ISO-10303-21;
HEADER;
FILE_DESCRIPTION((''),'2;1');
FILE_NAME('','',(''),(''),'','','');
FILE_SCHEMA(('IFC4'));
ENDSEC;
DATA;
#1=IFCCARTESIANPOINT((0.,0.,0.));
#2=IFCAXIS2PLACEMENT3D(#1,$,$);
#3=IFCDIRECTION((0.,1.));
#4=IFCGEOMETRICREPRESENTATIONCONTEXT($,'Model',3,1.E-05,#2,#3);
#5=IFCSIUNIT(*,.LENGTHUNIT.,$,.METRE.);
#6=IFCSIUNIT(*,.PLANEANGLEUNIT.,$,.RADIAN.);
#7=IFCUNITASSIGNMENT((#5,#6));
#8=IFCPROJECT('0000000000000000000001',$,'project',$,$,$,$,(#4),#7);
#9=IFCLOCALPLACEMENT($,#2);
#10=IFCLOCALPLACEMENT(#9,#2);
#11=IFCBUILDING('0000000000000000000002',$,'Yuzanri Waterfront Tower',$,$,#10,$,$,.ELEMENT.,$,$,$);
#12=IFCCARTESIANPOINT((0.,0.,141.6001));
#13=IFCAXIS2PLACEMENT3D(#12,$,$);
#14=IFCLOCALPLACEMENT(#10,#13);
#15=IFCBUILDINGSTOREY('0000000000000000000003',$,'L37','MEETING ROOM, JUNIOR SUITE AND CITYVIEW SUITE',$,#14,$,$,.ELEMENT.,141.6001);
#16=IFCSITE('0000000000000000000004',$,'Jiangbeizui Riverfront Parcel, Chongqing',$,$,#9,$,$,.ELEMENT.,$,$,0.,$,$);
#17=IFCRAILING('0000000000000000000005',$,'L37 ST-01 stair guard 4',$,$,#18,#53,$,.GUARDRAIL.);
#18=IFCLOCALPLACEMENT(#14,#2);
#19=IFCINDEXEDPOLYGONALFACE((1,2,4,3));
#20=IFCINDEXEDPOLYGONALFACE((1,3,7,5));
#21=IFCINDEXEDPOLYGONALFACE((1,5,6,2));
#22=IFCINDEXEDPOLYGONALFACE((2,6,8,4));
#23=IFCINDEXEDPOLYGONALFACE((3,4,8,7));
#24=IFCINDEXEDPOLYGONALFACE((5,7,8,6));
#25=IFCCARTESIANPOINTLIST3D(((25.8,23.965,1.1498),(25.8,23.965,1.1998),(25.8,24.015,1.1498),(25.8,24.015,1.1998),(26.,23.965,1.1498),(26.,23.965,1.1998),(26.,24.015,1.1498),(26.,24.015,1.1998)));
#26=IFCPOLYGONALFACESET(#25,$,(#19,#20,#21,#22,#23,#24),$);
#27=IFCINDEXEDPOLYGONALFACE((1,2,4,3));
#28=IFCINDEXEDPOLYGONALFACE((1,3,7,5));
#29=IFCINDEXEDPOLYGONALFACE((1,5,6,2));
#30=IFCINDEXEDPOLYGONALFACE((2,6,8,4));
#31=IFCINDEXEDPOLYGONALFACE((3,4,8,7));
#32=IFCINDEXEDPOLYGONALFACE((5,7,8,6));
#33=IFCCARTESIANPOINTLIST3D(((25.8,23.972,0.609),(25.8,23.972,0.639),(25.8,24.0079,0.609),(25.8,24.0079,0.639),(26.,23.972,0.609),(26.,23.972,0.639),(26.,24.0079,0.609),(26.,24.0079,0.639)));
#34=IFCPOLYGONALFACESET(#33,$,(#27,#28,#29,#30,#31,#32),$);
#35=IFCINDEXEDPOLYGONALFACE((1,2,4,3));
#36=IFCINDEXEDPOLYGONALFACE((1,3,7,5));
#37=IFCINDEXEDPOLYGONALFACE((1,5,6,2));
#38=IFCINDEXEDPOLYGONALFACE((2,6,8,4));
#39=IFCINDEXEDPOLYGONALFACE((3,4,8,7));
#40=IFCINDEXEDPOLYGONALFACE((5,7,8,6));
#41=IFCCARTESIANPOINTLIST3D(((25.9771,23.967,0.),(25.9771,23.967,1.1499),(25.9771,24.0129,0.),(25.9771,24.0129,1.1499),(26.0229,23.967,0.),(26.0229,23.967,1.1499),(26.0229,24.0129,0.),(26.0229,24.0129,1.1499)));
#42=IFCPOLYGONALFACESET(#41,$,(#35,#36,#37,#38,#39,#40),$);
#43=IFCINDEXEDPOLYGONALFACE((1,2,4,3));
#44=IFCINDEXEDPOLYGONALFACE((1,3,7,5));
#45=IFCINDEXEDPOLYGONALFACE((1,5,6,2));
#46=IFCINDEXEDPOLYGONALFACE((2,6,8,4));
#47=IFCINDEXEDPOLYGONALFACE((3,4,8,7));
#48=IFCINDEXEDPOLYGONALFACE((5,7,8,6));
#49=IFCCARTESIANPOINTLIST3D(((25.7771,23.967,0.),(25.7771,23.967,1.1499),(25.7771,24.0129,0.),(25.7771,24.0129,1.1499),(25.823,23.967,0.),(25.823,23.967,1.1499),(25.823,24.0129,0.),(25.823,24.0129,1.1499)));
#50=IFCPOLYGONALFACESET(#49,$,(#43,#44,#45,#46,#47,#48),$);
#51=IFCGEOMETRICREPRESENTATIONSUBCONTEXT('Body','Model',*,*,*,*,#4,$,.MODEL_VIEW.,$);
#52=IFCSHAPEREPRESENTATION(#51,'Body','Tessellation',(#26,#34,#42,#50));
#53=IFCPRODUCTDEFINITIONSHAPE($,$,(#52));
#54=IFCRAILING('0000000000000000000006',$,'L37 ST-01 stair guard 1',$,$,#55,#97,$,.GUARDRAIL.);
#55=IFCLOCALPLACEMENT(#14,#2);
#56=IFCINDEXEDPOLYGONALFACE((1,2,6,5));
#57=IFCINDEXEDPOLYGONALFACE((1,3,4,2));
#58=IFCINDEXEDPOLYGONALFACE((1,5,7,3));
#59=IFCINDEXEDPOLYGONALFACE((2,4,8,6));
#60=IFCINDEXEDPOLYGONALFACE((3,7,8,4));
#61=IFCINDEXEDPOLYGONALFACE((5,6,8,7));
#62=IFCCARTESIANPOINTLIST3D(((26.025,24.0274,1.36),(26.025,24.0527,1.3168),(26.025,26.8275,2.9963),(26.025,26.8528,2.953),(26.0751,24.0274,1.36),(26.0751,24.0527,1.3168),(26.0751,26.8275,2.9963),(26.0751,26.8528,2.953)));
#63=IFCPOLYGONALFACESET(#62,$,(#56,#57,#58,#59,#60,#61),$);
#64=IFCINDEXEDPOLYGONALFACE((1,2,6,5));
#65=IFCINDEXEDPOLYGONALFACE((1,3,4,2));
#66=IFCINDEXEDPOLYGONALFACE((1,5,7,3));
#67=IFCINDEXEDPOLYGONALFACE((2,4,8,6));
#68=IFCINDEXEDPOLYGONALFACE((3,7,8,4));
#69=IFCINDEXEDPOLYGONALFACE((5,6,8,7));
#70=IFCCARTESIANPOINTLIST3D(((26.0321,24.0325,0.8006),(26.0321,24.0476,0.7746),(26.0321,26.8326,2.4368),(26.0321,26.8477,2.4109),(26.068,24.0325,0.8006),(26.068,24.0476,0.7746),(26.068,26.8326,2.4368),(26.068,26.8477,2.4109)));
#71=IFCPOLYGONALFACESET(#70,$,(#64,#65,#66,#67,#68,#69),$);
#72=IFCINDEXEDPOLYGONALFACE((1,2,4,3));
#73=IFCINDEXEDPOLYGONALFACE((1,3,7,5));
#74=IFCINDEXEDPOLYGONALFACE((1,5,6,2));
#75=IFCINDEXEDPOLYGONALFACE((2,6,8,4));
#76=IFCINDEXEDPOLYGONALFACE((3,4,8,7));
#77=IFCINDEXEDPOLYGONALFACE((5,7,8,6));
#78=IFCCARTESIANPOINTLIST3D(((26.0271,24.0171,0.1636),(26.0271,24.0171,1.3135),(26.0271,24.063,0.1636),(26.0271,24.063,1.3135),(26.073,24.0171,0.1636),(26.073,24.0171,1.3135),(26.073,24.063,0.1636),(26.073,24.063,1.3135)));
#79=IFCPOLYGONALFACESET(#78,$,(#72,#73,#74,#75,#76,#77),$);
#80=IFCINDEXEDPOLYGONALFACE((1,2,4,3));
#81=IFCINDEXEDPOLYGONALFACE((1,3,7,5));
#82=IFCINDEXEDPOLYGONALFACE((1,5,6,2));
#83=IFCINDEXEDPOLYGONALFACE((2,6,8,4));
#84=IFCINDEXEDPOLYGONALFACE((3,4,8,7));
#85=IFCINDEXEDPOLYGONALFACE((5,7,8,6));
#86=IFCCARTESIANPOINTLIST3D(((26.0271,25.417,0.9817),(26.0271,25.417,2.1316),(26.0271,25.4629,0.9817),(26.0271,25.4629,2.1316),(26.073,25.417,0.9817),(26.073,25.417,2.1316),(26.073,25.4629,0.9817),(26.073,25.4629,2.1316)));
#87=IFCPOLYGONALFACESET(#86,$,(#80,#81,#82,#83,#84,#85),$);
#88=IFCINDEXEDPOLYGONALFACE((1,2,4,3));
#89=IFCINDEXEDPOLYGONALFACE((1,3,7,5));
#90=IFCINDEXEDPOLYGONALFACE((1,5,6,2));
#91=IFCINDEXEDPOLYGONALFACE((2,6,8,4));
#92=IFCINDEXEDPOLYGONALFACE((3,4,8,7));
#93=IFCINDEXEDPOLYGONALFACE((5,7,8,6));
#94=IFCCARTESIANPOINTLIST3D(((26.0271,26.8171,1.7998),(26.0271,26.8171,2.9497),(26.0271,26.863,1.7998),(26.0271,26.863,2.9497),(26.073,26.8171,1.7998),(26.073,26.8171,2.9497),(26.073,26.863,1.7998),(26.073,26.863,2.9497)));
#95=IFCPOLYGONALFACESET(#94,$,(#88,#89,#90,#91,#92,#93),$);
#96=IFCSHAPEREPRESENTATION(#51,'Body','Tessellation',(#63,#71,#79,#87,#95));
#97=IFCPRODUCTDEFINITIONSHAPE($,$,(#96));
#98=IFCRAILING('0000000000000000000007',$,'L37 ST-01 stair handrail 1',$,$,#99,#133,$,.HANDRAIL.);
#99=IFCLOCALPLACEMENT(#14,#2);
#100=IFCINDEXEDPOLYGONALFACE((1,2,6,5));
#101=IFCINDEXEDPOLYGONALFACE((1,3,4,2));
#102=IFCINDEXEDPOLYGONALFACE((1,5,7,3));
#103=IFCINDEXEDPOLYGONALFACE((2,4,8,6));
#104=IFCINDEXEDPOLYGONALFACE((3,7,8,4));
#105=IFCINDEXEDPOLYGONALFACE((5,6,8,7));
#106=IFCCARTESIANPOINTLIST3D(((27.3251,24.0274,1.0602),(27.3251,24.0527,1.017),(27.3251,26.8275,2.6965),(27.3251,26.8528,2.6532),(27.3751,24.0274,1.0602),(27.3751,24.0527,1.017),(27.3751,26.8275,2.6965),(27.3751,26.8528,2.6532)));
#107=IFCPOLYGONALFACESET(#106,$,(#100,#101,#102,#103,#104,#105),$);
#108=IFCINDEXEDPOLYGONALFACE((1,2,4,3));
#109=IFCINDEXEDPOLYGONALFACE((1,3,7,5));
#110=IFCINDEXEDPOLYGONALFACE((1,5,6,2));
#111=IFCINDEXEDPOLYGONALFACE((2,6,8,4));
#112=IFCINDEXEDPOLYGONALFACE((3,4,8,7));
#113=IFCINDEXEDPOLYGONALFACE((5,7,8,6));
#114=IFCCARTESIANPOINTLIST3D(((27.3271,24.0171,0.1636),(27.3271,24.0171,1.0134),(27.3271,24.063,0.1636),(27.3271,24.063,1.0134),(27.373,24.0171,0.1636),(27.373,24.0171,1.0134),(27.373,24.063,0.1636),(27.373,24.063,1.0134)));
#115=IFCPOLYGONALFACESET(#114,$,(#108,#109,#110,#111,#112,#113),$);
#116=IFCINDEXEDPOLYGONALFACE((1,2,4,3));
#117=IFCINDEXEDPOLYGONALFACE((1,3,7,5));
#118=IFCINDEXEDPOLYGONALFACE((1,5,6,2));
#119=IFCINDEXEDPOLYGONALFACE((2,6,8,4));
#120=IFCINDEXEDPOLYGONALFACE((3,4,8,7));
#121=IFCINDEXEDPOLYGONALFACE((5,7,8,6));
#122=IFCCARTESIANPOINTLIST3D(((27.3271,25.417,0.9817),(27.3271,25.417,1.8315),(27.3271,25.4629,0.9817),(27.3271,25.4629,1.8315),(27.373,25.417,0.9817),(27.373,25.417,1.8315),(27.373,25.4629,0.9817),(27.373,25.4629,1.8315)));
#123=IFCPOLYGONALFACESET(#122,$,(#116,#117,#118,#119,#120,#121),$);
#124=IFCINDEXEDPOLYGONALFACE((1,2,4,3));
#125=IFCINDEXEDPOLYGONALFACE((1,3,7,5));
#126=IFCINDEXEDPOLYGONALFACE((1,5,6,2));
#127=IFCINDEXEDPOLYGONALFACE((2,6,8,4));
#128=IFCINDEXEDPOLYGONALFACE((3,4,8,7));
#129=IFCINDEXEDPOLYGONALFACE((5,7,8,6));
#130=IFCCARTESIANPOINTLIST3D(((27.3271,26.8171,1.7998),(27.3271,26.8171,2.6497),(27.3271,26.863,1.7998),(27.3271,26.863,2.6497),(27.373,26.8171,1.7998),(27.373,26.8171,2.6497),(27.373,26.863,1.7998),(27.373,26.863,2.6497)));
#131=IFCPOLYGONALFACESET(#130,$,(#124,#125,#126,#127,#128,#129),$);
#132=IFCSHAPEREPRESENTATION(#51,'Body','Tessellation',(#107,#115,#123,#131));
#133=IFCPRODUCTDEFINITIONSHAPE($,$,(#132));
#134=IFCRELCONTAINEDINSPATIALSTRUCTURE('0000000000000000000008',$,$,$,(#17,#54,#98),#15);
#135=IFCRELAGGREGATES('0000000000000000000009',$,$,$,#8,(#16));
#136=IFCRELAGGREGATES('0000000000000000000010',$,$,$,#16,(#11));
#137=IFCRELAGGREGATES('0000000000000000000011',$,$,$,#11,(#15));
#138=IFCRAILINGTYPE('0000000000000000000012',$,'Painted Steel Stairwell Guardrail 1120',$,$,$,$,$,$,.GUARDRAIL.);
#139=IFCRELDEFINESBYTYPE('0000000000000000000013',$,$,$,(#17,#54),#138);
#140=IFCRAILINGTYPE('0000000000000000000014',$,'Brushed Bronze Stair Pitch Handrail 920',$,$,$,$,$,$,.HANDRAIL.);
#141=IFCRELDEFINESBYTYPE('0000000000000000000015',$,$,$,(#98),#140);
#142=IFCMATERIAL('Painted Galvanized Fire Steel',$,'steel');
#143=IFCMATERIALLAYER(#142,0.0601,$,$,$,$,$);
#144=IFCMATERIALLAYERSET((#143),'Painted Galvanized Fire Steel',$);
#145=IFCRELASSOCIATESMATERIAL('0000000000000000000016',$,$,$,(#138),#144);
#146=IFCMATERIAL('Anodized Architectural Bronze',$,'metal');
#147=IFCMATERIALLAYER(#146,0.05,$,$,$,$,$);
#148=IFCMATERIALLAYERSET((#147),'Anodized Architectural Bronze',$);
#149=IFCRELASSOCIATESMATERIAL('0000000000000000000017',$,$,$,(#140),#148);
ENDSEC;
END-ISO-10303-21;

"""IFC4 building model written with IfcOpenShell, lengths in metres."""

from ifc_helpers import new_model, si_unit, direction, frame, origin, origin_2d, place, context, subcontext, project, spatial, rectangle, extrude, source, transform, mapped, material, layer, layer_set, type_object, element, save


model = new_model("IFC4")

# Units and contexts
model_context = context("Model", 3, precision=1e-05, world=origin(), true_north=direction((0.0, 1.0)))
body_context = subcontext(model_context, "Body", "Model", "MODEL_VIEW")
ifc_project = project(units=[si_unit("LENGTHUNIT", "METRE"), si_unit("PLANEANGLEUNIT", "RADIAN")], contexts=[model_context])

# Site, building, storey
site_placement = place(None, origin())
site = spatial("IfcSite", under=ifc_project, at=site_placement, Name="Jiangbeizui Riverfront Parcel, Chongqing", CompositionType="ELEMENT", RefElevation=0.0)
building_placement = place(site_placement, origin())
building = spatial("IfcBuilding", under=site, at=building_placement, Name="Yuzanri Waterfront Tower", CompositionType="ELEMENT")
storey_placement = place(building_placement, frame((0.0, 0.0, 141.6001)))
storey = spatial("IfcBuildingStorey", under=building, at=storey_placement, Name="L37", Description="MEETING ROOM, JUNIOR SUITE AND CITYVIEW SUITE", CompositionType="ELEMENT", Elevation=141.6001)

# Railings
ifc_material_1 = material(Name="Painted Galvanized Fire Steel", Category="steel")
ifc_layer_1 = layer(ifc_material_1, 0.0601)
ifc_layer_set_1 = layer_set([ifc_layer_1], Name="Painted Galvanized Fire Steel")
railing_type_1 = type_object("IfcRailingType", Name="Painted Steel Stairwell Guardrail 1120", PredefinedType="GUARDRAIL", material=ifc_layer_set_1)
shared_shape_1 = source(origin(), body_context, "Body", "SweptSolid", [
    extrude(rectangle(XDim=0.05, YDim=0.05, at=origin_2d()), frame((0.0, 0.0, 1.1748), z_axis=(-1.0, 0.0, 0.0), x_axis=(0.0, -1.0, 0.0)), (0.0, 0.0, 1.0), 0.2),
    extrude(rectangle(XDim=0.0359, YDim=0.03, at=origin_2d()), frame((0.0, 0.0, 0.624), z_axis=(-1.0, 0.0, 0.0), x_axis=(0.0, -1.0, 0.0)), (0.0, 0.0, 1.0), 0.2),
    extrude(rectangle(XDim=0.0459, YDim=0.0459, at=origin_2d()), origin(), (0.0, 0.0, 1.0), 1.1499),
    extrude(rectangle(XDim=0.0459, YDim=0.0459, at=origin_2d()), frame((-0.2, 0.0, 0.0)), (0.0, 0.0, 1.0), 1.1499),
])
railing_1_placement = place(storey_placement, frame((26.0, 23.99, 0.0)))
element("IfcRailing", 1, at=railing_1_placement, inside=storey, type_object=railing_type_1, Name="L37 ST-01 stair guard 4", PredefinedType="GUARDRAIL", context=body_context, shape_type="MappedRepresentation", body=[
    mapped(shared_shape_1, transform((0.0, 0.0, 0.0), scale=1.0)),
])
shared_shape_2 = source(origin(), body_context, "Body", "SweptSolid", [
    extrude(rectangle(XDim=0.05, YDim=0.05, at=origin_2d()), frame((0.0, 0.0, 1.1748), z_axis=(0.0, 0.863394, 0.504531), x_axis=(-1.0, 0.0, 0.0)), (0.0, 0.0, 1.0), 3.2432),
    extrude(rectangle(XDim=0.0359, YDim=0.03, at=origin_2d()), frame((0.0, 0.0, 0.624), z_axis=(0.0, 0.863394, 0.504531), x_axis=(-1.0, 0.0, 0.0)), (0.0, 0.0, 1.0), 3.2432),
    extrude(rectangle(XDim=0.0459, YDim=0.0459, at=origin_2d()), origin(), (0.0, 0.0, 1.0), 1.1499),
    extrude(rectangle(XDim=0.0459, YDim=0.0459, at=origin_2d()), frame((0.0, 1.3999, 0.8181)), (0.0, 0.0, 1.0), 1.1499),
    extrude(rectangle(XDim=0.0459, YDim=0.0459, at=origin_2d()), frame((0.0, 2.8, 1.6362)), (0.0, 0.0, 1.0), 1.1499),
])
railing_2_placement = place(storey_placement, frame((26.05, 24.04, 0.1636)))
element("IfcRailing", 2, at=railing_2_placement, inside=storey, type_object=railing_type_1, Name="L37 ST-01 stair guard 1", PredefinedType="GUARDRAIL", context=body_context, shape_type="MappedRepresentation", body=[
    mapped(shared_shape_2, transform((0.0, 0.0, 0.0), scale=1.0)),
])
ifc_material_2 = material(Name="Anodized Architectural Bronze", Category="metal")
ifc_layer_2 = layer(ifc_material_2, 0.05)
ifc_layer_set_2 = layer_set([ifc_layer_2], Name="Anodized Architectural Bronze")
railing_type_2 = type_object("IfcRailingType", Name="Brushed Bronze Stair Pitch Handrail 920", PredefinedType="HANDRAIL", material=ifc_layer_set_2)
shared_shape_3 = source(origin(), body_context, "Body", "SweptSolid", [
    extrude(rectangle(XDim=0.05, YDim=0.05, at=origin_2d()), frame((0.0, 0.0, 0.875), z_axis=(0.0, 0.863394, 0.504531), x_axis=(-1.0, 0.0, 0.0)), (0.0, 0.0, 1.0), 3.2432),
    extrude(rectangle(XDim=0.0459, YDim=0.0459, at=origin_2d()), origin(), (0.0, 0.0, 1.0), 0.8499),
    extrude(rectangle(XDim=0.0459, YDim=0.0459, at=origin_2d()), frame((0.0, 1.3999, 0.8181)), (0.0, 0.0, 1.0), 0.8499),
    extrude(rectangle(XDim=0.0459, YDim=0.0459, at=origin_2d()), frame((0.0, 2.8, 1.6362)), (0.0, 0.0, 1.0), 0.8499),
])
railing_3_placement = place(storey_placement, frame((27.3501, 24.04, 0.1636)))
element("IfcRailing", 3, at=railing_3_placement, inside=storey, type_object=railing_type_2, Name="L37 ST-01 stair handrail 1", PredefinedType="HANDRAIL", context=body_context, shape_type="MappedRepresentation", body=[
    mapped(shared_shape_3, transform((0.0, 0.0, 0.0), scale=1.0)),
])

save(model, "model.ifc")
